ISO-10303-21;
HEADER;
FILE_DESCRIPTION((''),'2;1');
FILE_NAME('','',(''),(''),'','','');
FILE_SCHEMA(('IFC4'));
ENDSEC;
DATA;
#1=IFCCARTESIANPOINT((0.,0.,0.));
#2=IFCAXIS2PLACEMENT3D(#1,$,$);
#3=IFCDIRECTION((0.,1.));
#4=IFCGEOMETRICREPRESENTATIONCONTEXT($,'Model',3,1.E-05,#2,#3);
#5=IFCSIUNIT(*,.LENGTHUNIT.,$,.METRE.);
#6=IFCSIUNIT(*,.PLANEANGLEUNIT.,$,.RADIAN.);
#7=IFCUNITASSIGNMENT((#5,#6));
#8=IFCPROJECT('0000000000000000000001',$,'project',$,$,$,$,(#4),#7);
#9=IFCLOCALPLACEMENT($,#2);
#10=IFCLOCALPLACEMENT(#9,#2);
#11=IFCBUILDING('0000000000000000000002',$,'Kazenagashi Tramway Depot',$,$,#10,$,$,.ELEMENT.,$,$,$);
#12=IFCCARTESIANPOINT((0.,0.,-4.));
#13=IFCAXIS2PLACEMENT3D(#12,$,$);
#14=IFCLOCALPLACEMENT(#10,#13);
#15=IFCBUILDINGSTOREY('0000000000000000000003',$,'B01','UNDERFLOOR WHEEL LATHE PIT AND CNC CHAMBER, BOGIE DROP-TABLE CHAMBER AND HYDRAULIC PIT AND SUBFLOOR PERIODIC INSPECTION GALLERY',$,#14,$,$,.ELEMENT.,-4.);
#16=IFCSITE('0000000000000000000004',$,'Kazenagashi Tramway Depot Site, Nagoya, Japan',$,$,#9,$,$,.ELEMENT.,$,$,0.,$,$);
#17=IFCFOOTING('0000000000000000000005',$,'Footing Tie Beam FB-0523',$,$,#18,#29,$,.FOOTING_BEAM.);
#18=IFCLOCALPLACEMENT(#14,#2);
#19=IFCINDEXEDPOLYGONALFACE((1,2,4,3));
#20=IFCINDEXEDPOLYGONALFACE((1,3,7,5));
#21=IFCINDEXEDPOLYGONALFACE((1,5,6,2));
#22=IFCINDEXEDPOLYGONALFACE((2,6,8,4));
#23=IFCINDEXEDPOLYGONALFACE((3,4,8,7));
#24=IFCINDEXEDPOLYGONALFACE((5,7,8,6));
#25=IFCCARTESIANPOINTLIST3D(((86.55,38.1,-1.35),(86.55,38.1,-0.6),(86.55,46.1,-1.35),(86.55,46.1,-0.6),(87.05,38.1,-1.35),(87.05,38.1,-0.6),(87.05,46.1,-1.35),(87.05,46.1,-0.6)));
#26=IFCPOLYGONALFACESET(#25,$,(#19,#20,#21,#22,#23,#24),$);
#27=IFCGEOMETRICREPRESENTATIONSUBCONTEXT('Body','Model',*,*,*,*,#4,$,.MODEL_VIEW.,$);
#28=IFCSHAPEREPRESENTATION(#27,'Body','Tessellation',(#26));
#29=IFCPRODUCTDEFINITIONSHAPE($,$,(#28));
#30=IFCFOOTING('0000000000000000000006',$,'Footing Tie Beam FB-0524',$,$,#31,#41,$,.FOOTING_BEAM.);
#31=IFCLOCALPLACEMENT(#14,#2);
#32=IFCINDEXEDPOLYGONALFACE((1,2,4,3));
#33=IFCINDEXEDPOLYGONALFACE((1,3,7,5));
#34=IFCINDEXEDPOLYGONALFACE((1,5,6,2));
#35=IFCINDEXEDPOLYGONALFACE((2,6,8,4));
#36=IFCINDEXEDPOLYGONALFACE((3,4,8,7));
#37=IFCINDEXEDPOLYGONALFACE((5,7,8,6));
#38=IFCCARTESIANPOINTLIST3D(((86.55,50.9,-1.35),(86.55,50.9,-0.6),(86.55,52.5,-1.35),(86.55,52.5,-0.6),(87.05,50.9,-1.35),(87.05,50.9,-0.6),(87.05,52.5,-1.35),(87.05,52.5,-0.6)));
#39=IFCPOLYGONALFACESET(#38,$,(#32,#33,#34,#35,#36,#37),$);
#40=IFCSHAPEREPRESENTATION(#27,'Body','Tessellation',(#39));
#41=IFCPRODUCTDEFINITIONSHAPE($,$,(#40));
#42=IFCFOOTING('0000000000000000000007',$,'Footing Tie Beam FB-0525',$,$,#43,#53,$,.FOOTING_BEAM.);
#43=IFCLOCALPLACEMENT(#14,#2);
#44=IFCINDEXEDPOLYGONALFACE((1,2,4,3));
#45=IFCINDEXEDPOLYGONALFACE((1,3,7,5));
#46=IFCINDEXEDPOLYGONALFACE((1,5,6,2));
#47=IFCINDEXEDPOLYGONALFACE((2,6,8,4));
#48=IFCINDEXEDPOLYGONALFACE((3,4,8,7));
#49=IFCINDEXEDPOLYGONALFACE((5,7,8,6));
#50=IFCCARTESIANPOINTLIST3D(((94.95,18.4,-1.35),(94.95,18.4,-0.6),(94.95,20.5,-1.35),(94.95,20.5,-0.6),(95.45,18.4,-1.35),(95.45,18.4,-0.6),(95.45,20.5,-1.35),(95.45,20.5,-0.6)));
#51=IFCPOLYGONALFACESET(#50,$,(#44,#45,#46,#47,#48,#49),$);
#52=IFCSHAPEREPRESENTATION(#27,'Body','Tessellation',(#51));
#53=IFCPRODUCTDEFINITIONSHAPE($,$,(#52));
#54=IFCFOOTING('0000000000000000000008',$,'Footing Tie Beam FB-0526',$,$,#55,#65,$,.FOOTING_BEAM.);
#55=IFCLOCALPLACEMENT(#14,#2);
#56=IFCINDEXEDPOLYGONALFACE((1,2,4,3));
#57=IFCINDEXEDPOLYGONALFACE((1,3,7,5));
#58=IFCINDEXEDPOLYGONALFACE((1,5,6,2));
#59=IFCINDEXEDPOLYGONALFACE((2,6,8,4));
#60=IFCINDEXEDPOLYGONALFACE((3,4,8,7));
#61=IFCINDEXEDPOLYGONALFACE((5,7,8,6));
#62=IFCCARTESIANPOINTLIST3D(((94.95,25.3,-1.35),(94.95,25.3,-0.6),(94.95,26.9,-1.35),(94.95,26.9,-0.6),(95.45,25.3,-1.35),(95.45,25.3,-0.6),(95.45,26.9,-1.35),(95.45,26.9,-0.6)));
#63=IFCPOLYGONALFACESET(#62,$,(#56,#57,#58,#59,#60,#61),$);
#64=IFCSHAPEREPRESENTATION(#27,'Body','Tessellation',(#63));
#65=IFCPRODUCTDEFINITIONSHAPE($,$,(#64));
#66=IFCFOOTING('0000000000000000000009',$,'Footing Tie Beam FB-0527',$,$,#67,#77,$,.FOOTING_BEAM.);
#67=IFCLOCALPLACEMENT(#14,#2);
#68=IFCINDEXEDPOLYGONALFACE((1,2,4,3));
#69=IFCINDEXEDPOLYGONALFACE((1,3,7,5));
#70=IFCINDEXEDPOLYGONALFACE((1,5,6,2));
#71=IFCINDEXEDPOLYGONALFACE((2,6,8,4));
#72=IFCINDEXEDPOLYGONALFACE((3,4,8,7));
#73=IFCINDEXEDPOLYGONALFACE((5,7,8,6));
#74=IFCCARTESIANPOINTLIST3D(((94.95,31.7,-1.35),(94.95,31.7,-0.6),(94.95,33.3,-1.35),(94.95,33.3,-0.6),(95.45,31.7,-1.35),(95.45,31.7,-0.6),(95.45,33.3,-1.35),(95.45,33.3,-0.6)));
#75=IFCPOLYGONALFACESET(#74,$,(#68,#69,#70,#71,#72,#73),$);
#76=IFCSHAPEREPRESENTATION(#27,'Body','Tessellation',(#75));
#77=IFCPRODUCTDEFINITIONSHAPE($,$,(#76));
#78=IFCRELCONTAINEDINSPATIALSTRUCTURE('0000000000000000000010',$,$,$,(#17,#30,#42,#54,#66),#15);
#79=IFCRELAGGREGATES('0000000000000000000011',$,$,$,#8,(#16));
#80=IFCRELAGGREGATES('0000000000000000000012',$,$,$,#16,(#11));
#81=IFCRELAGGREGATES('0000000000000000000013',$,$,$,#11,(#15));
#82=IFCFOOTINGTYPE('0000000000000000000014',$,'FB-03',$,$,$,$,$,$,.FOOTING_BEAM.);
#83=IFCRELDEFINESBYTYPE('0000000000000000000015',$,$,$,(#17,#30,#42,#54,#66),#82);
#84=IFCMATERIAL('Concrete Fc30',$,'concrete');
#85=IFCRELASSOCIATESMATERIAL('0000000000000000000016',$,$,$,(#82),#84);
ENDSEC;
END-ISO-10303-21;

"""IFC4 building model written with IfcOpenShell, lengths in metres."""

from ifc_helpers import new_model, si_unit, direction, frame, origin, place, context, subcontext, project, spatial, polyline, outline, extrude, material, type_object, element, save


model = new_model("IFC4")

# Units and contexts
model_context = context("Model", 3, precision=1e-05, world=origin(), true_north=direction((0.0, 1.0)))
body_context = subcontext(model_context, "Body", "Model", "MODEL_VIEW")
ifc_project = project(units=[si_unit("LENGTHUNIT", "METRE"), si_unit("PLANEANGLEUNIT", "RADIAN")], contexts=[model_context])

# Site, building, storey
site_placement = place(None, origin())
site = spatial("IfcSite", under=ifc_project, at=site_placement, Name="Kazenagashi Tramway Depot Site, Nagoya, Japan", CompositionType="ELEMENT", RefElevation=0.0)
building_placement = place(site_placement, origin())
building = spatial("IfcBuilding", under=site, at=building_placement, Name="Kazenagashi Tramway Depot", CompositionType="ELEMENT")
storey_placement = place(building_placement, frame((0.0, 0.0, -4.0)))
storey = spatial("IfcBuildingStorey", under=building, at=storey_placement, Name="B01", Description="UNDERFLOOR WHEEL LATHE PIT AND CNC CHAMBER, BOGIE DROP-TABLE CHAMBER AND HYDRAULIC PIT AND SUBFLOOR PERIODIC INSPECTION GALLERY", CompositionType="ELEMENT", Elevation=-4.0)

# Footings
ifc_material = material(Name="Concrete Fc30", Category="concrete")
footing_type = type_object("IfcFootingType", Name="FB-03", PredefinedType="FOOTING_BEAM", material=ifc_material)
footing_1_placement = place(storey_placement, frame((0.0, 0.0, -1.35)))
element("IfcFooting", 1, at=footing_1_placement, inside=storey, type_object=footing_type, Name="Footing Tie Beam FB-0523", PredefinedType="FOOTING_BEAM", context=body_context, shape_type="SweptSolid", body=[
    extrude(outline(polyline([(86.55, 38.1), (87.05, 38.1), (87.05, 46.1), (86.55, 46.1), (86.55, 38.1)])), origin(), (0.0, 0.0, 1.0), 0.75),
])
footing_2_placement = place(storey_placement, frame((0.0, 0.0, -1.35)))
element("IfcFooting", 2, at=footing_2_placement, inside=storey, type_object=footing_type, Name="Footing Tie Beam FB-0524", PredefinedType="FOOTING_BEAM", context=body_context, shape_type="SweptSolid", body=[
    extrude(outline(polyline([(86.55, 50.9), (87.05, 50.9), (87.05, 52.5), (86.55, 52.5), (86.55, 50.9)])), origin(), (0.0, 0.0, 1.0), 0.75),
])
footing_3_placement = place(storey_placement, frame((0.0, 0.0, -1.35)))
element("IfcFooting", 3, at=footing_3_placement, inside=storey, type_object=footing_type, Name="Footing Tie Beam FB-0525", PredefinedType="FOOTING_BEAM", context=body_context, shape_type="SweptSolid", body=[
    extrude(outline(polyline([(94.95, 18.4), (95.45, 18.4), (95.45, 20.5), (94.95, 20.5), (94.95, 18.4)])), origin(), (0.0, 0.0, 1.0), 0.75),
])
footing_4_placement = place(storey_placement, frame((0.0, 0.0, -1.35)))
element("IfcFooting", 4, at=footing_4_placement, inside=storey, type_object=footing_type, Name="Footing Tie Beam FB-0526", PredefinedType="FOOTING_BEAM", context=body_context, shape_type="SweptSolid", body=[
    extrude(outline(polyline([(94.95, 25.3), (95.45, 25.3), (95.45, 26.9), (94.95, 26.9), (94.95, 25.3)])), origin(), (0.0, 0.0, 1.0), 0.75),
])
footing_5_placement = place(storey_placement, frame((0.0, 0.0, -1.35)))
element("IfcFooting", 5, at=footing_5_placement, inside=storey, type_object=footing_type, Name="Footing Tie Beam FB-0527", PredefinedType="FOOTING_BEAM", context=body_context, shape_type="SweptSolid", body=[
    extrude(outline(polyline([(94.95, 31.7), (95.45, 31.7), (95.45, 33.3), (94.95, 33.3), (94.95, 31.7)])), origin(), (0.0, 0.0, 1.0), 0.75),
])

save(model, "model.ifc")
